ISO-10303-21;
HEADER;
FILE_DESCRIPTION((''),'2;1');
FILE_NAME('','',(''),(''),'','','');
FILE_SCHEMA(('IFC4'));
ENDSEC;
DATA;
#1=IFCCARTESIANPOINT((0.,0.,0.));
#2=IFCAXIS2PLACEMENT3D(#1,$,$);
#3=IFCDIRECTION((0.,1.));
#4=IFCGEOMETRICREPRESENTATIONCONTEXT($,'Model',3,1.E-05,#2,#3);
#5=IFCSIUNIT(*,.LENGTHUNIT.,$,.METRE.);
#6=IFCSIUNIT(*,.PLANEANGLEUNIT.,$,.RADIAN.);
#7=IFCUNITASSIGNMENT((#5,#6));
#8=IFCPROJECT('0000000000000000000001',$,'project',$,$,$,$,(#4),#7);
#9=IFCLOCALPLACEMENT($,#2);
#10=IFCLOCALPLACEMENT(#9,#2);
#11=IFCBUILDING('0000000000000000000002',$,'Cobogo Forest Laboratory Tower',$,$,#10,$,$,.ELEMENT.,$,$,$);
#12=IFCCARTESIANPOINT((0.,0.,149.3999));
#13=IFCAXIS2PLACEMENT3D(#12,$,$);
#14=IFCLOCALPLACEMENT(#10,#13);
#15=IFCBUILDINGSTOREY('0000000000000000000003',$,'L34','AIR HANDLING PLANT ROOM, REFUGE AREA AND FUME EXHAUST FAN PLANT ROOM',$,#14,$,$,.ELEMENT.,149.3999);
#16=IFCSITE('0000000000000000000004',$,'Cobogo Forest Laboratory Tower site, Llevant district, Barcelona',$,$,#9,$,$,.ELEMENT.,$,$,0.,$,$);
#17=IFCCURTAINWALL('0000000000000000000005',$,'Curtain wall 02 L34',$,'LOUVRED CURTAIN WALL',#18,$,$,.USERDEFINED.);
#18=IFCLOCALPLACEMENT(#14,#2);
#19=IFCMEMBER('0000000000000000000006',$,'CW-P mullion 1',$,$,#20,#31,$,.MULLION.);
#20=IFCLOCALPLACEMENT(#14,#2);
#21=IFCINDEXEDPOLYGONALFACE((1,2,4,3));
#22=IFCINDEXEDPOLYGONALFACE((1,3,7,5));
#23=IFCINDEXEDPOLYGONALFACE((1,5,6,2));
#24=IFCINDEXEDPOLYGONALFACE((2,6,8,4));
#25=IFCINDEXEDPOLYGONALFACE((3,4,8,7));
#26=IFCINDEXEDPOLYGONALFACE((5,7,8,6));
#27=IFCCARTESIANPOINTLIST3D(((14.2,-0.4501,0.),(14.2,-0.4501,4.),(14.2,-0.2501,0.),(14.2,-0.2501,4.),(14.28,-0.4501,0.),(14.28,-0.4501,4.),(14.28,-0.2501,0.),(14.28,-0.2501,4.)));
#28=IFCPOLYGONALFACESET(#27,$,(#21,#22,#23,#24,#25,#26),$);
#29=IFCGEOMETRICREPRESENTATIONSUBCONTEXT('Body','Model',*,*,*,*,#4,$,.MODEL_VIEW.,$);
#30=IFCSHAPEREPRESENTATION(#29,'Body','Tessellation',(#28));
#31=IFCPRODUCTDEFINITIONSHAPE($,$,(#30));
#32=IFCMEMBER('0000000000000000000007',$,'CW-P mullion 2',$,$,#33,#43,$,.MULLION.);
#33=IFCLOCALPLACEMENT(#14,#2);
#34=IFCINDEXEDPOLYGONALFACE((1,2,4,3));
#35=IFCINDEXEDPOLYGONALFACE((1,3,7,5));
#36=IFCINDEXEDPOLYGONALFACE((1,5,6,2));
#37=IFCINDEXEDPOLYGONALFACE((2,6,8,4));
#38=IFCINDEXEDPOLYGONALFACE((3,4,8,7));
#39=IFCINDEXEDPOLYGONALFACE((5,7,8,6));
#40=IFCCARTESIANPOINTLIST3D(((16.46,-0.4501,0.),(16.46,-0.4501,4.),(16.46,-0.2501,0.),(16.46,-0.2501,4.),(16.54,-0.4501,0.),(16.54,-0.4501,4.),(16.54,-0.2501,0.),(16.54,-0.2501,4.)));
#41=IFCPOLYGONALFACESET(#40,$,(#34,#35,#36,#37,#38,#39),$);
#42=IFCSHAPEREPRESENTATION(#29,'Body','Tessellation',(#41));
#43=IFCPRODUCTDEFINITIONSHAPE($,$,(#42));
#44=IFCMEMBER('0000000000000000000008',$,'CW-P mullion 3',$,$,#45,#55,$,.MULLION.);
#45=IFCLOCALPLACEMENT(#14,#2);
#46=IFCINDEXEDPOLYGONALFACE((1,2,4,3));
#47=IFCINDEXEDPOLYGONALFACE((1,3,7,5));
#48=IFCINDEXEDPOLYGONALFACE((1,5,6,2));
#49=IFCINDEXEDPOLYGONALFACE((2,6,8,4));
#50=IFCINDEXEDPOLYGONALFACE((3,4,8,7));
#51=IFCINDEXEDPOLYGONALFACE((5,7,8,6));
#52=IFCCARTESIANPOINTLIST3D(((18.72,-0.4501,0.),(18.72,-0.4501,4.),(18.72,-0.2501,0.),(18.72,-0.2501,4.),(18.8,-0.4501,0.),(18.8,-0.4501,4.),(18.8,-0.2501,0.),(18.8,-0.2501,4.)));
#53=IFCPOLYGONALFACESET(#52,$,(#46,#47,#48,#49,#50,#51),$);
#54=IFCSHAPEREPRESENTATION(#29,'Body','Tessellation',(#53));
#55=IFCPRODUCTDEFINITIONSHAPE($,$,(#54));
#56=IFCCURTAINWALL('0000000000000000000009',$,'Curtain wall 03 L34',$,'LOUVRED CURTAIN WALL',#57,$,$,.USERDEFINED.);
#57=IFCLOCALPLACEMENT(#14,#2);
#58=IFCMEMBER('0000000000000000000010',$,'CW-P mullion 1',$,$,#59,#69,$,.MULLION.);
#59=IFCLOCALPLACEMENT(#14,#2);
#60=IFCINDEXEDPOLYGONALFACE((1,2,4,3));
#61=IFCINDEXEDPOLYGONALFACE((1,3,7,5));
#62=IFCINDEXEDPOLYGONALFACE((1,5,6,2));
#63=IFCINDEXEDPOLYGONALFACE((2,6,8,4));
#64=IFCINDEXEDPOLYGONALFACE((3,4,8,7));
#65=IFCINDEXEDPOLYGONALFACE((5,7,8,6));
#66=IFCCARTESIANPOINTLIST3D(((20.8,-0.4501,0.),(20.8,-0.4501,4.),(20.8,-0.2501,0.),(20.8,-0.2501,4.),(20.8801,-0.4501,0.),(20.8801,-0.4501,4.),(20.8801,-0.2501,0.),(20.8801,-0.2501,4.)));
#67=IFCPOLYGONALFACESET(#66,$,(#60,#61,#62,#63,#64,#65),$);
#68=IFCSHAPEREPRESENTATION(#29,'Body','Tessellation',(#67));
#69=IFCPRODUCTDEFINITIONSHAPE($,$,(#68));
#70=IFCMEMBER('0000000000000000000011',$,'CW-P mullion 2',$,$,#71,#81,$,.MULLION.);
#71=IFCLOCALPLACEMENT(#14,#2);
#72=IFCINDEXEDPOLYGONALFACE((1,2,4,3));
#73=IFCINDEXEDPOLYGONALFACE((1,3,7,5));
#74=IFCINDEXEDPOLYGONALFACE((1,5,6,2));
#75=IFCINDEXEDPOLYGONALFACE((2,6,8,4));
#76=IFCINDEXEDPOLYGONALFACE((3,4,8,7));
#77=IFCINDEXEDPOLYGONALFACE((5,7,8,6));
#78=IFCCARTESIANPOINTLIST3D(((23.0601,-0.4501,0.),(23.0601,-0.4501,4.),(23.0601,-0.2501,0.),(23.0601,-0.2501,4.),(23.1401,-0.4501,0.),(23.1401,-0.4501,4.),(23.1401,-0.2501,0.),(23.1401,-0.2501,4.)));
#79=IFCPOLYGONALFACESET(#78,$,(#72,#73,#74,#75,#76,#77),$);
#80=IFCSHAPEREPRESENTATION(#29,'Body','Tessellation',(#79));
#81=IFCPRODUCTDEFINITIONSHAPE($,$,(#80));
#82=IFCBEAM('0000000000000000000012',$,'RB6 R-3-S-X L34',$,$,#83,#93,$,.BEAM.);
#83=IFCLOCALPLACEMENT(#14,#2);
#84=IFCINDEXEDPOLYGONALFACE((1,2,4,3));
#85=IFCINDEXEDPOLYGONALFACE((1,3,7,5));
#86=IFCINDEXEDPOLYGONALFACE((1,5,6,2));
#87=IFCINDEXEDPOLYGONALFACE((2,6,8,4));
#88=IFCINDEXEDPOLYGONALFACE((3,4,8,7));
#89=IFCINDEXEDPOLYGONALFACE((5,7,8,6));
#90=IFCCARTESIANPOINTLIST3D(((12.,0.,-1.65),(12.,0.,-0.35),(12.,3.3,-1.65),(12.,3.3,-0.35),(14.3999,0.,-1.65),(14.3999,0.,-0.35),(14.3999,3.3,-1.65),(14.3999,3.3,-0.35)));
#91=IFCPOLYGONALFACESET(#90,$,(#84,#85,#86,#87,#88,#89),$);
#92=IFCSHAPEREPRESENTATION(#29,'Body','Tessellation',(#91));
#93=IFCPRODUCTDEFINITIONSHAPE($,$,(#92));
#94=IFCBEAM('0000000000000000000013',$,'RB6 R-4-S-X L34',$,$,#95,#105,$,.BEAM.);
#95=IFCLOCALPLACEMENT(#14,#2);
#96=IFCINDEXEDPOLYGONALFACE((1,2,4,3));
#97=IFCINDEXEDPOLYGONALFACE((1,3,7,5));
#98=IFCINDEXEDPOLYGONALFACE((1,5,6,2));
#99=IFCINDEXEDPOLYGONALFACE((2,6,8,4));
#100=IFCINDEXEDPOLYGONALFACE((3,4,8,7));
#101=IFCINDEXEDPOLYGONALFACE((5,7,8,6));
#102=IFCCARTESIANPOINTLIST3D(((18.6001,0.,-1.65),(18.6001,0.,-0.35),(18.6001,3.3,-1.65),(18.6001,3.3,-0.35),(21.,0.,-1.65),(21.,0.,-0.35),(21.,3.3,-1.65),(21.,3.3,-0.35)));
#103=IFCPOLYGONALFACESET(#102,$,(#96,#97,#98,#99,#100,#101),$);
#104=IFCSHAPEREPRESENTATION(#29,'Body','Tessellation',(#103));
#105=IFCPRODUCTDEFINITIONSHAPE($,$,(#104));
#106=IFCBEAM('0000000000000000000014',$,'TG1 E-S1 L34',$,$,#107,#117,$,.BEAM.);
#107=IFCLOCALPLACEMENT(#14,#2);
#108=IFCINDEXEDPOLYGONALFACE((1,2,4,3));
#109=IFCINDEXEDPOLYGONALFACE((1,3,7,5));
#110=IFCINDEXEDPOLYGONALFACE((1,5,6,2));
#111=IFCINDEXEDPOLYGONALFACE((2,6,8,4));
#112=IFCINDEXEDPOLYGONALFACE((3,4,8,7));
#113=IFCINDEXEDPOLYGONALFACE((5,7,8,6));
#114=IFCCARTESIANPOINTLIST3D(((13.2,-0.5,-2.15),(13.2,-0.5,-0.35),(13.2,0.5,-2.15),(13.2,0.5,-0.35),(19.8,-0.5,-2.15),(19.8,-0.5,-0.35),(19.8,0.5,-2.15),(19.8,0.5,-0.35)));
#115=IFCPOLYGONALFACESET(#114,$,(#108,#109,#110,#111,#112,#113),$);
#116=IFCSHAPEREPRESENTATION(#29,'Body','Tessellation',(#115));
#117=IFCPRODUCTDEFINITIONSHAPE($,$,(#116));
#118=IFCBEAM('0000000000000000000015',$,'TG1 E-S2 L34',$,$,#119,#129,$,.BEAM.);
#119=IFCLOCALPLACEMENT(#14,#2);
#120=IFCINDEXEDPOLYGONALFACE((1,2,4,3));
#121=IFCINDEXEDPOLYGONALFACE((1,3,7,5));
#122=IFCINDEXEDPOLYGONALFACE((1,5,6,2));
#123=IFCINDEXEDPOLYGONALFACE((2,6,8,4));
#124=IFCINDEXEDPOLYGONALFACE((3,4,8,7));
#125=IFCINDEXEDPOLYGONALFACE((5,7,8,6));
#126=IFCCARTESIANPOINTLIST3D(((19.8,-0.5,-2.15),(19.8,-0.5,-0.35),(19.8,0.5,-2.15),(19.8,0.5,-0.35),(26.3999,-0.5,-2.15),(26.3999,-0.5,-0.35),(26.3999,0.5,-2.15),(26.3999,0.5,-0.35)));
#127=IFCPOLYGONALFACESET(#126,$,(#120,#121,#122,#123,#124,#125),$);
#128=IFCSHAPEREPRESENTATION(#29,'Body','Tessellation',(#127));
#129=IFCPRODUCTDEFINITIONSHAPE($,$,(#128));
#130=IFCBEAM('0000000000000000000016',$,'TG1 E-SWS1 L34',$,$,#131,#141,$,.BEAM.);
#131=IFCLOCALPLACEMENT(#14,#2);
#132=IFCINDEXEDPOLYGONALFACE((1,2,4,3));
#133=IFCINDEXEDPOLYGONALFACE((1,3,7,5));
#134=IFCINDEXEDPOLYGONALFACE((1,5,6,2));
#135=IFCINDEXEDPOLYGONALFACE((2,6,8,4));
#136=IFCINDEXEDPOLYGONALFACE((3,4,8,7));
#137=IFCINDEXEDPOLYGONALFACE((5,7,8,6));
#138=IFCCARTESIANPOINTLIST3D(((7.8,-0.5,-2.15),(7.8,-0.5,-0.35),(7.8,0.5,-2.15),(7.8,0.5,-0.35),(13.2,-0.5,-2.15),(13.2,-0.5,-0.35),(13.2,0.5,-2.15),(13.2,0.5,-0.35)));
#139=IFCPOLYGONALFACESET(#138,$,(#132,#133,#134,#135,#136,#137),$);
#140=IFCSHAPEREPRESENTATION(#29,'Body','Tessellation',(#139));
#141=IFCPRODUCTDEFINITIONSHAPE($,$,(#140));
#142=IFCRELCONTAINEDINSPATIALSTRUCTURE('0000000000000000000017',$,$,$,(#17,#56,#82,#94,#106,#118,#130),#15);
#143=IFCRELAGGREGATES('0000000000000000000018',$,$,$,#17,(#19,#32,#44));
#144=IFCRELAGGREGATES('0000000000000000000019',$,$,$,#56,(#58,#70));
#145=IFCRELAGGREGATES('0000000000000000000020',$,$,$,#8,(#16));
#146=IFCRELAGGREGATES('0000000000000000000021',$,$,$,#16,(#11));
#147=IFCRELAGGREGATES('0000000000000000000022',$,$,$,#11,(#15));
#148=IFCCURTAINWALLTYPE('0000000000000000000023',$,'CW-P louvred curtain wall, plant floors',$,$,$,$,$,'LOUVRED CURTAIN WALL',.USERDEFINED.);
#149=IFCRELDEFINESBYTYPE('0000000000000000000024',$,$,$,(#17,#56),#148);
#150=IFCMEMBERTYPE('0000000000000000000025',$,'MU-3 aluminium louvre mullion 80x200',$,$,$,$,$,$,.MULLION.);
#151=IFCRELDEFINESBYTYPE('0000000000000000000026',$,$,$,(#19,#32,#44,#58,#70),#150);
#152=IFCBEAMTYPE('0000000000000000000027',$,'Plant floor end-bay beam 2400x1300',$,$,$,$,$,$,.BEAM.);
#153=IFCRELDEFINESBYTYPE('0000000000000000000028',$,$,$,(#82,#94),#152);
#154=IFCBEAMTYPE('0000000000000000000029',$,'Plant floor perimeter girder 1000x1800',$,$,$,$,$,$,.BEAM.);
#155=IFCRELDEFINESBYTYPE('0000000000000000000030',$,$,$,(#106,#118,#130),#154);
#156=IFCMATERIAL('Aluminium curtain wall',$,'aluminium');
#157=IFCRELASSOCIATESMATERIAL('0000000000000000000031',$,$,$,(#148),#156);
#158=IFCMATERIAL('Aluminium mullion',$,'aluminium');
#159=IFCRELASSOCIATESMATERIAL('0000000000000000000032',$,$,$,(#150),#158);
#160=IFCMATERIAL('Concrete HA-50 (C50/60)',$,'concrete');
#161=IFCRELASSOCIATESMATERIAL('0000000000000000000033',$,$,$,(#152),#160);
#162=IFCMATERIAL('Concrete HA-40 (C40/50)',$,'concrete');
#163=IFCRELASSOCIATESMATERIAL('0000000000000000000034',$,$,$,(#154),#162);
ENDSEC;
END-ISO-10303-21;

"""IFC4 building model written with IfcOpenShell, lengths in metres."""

from ifc_helpers import new_model, si_unit, direction, frame, origin, origin_2d, place, context, subcontext, project, spatial, rectangle, extrude, material, material_profile, profile_set, type_object, element, aggregate, save


model = new_model("IFC4")

# Units and contexts
model_context = context("Model", 3, precision=1e-05, world=origin(), true_north=direction((0.0, 1.0)))
body_context = subcontext(model_context, "Body", "Model", "MODEL_VIEW")
ifc_project = project(units=[si_unit("LENGTHUNIT", "METRE"), si_unit("PLANEANGLEUNIT", "RADIAN")], contexts=[model_context])

# Site, building, storey
site_placement = place(None, origin())
site = spatial("IfcSite", under=ifc_project, at=site_placement, Name="Cobogo Forest Laboratory Tower site, Llevant district, Barcelona", CompositionType="ELEMENT", RefElevation=0.0)
building_placement = place(site_placement, origin())
building = spatial("IfcBuilding", under=site, at=building_placement, Name="Cobogo Forest Laboratory Tower", CompositionType="ELEMENT")
storey_placement = place(building_placement, frame((0.0, 0.0, 149.3999)))
storey = spatial("IfcBuildingStorey", under=building, at=storey_placement, Name="L34", Description="AIR HANDLING PLANT ROOM, REFUGE AREA AND FUME EXHAUST FAN PLANT ROOM", CompositionType="ELEMENT", Elevation=149.3999)

# Shared definitions
ifc_material_1 = material(Name="Concrete HA-50 (C50/60)", Category="concrete")

# Shared definitions
ifc_material_2 = material(Name="Aluminium curtain wall", Category="aluminium")
curtain_wall_type = type_object("IfcCurtainWallType", Name="CW-P louvred curtain wall, plant floors", ElementType="LOUVRED CURTAIN WALL", PredefinedType="USERDEFINED", material=ifc_material_2)
ifc_material_3 = material(Name="Aluminium mullion", Category="aluminium")
ifc_material_profile_1 = material_profile(ifc_material_3, rectangle(XDim=0.0801, YDim=0.2, at=origin_2d()), Name="AL 80x200")
ifc_profile_set_1 = profile_set([ifc_material_profile_1], Name="Aluminium mullion")
member_type_1 = type_object("IfcMemberType", Name="MU-3 aluminium louvre mullion 80x200", PredefinedType="MULLION", material=ifc_profile_set_1)

# Curtain walls, members
curtain_wall_1_placement = place(storey_placement, origin())
curtain_wall_1 = element("IfcCurtainWall", 1, at=curtain_wall_1_placement, inside=storey, type_object=curtain_wall_type, Name="Curtain wall 02 L34", ObjectType="LOUVRED CURTAIN WALL", PredefinedType="USERDEFINED")
member_1_placement = place(storey_placement, frame((14.24, -0.3501, 0.0), z_axis=(0.0, 0.0, 1.0), x_axis=(1.0, 0.0, 0.0)))
member_1 = element("IfcMember", 2, at=member_1_placement, type_object=member_type_1, Name="CW-P mullion 1", PredefinedType="MULLION", context=body_context, shape_type="SweptSolid", body=[
    extrude(rectangle(XDim=0.0801, YDim=0.2, at=origin_2d()), origin(), (0.0, 0.0, 1.0), 4.0),
])
member_2_placement = place(storey_placement, frame((16.5, -0.3501, 0.0), z_axis=(0.0, 0.0, 1.0), x_axis=(1.0, 0.0, 0.0)))
member_2 = element("IfcMember", 3, at=member_2_placement, type_object=member_type_1, Name="CW-P mullion 2", PredefinedType="MULLION", context=body_context, shape_type="SweptSolid", body=[
    extrude(rectangle(XDim=0.0801, YDim=0.2, at=origin_2d()), origin(), (0.0, 0.0, 1.0), 4.0),
])
member_3_placement = place(storey_placement, frame((18.76, -0.3501, 0.0), z_axis=(0.0, 0.0, 1.0), x_axis=(1.0, 0.0, 0.0)))
member_3 = element("IfcMember", 4, at=member_3_placement, type_object=member_type_1, Name="CW-P mullion 3", PredefinedType="MULLION", context=body_context, shape_type="SweptSolid", body=[
    extrude(rectangle(XDim=0.0801, YDim=0.2, at=origin_2d()), origin(), (0.0, 0.0, 1.0), 4.0),
])
curtain_wall_2_placement = place(storey_placement, origin())
curtain_wall_2 = element("IfcCurtainWall", 5, at=curtain_wall_2_placement, inside=storey, type_object=curtain_wall_type, Name="Curtain wall 03 L34", ObjectType="LOUVRED CURTAIN WALL", PredefinedType="USERDEFINED")
member_4_placement = place(storey_placement, frame((20.8401, -0.3501, 0.0), z_axis=(0.0, 0.0, 1.0), x_axis=(1.0, 0.0, 0.0)))
member_4 = element("IfcMember", 6, at=member_4_placement, type_object=member_type_1, Name="CW-P mullion 1", PredefinedType="MULLION", context=body_context, shape_type="SweptSolid", body=[
    extrude(rectangle(XDim=0.0801, YDim=0.2, at=origin_2d()), origin(), (0.0, 0.0, 1.0), 4.0),
])
member_5_placement = place(storey_placement, frame((23.1001, -0.3501, 0.0), z_axis=(0.0, 0.0, 1.0), x_axis=(1.0, 0.0, 0.0)))
member_5 = element("IfcMember", 7, at=member_5_placement, type_object=member_type_1, Name="CW-P mullion 2", PredefinedType="MULLION", context=body_context, shape_type="SweptSolid", body=[
    extrude(rectangle(XDim=0.0801, YDim=0.2, at=origin_2d()), origin(), (0.0, 0.0, 1.0), 4.0),
])

# Beams
ifc_material_profile_2 = material_profile(ifc_material_1, rectangle(XDim=2.3999, YDim=1.3, at=origin_2d()), Name="RC 2400x1300")
ifc_profile_set_2 = profile_set([ifc_material_profile_2], Name="Concrete HA-50 (C50/60)")
beam_type_1 = type_object("IfcBeamType", Name="Plant floor end-bay beam 2400x1300", PredefinedType="BEAM", material=ifc_profile_set_2)
for number, where, z_axis, x_axis, name in (
    (8, (13.2, 0.0, -1.0), (0.0, 1.0, 0.0), (-1.0, 0.0, 0.0), "RB6 R-3-S-X L34"),
    (9, (19.8, 0.0, -1.0), (0.0, 1.0, 0.0), (-1.0, 0.0, 0.0), "RB6 R-4-S-X L34"),
):
    element("IfcBeam", number, at=place(storey_placement, frame(where, z_axis=z_axis, x_axis=x_axis)), inside=storey, type_object=beam_type_1, Name=name, PredefinedType="BEAM", context=body_context, shape_type="SweptSolid", body=[
        extrude(rectangle(XDim=2.3999, YDim=1.3, at=origin_2d()), origin(), (0.0, 0.0, 1.0), 3.3),
    ])
ifc_material_4 = material(Name="Concrete HA-40 (C40/50)", Category="concrete")
ifc_material_profile_3 = material_profile(ifc_material_4, rectangle(XDim=1.0, YDim=1.8, at=origin_2d()), Name="RC 1000x1800")
ifc_profile_set_3 = profile_set([ifc_material_profile_3], Name="Concrete HA-40 (C40/50)")
beam_type_2 = type_object("IfcBeamType", Name="Plant floor perimeter girder 1000x1800", PredefinedType="BEAM", material=ifc_profile_set_3)
beam_1_placement = place(storey_placement, frame((13.2, 0.0, -1.25), z_axis=(1.0, 0.0, 0.0), x_axis=(0.0, 1.0, 0.0)))
element("IfcBeam", 10, at=beam_1_placement, inside=storey, type_object=beam_type_2, Name="TG1 E-S1 L34", PredefinedType="BEAM", context=body_context, shape_type="SweptSolid", body=[
    extrude(rectangle(XDim=1.0, YDim=1.8, at=origin_2d()), origin(), (0.0, 0.0, 1.0), 6.6001),
])
beam_2_placement = place(storey_placement, frame((19.8, 0.0, -1.25), z_axis=(1.0, 0.0, 0.0), x_axis=(0.0, 1.0, 0.0)))
element("IfcBeam", 11, at=beam_2_placement, inside=storey, type_object=beam_type_2, Name="TG1 E-S2 L34", PredefinedType="BEAM", context=body_context, shape_type="SweptSolid", body=[
    extrude(rectangle(XDim=1.0, YDim=1.8, at=origin_2d()), origin(), (0.0, 0.0, 1.0), 6.5999),
])
beam_3_placement = place(storey_placement, frame((13.2, 0.0, -1.25), z_axis=(-1.0, 0.0, 0.0), x_axis=(0.0, -1.0, 0.0)))
element("IfcBeam", 12, at=beam_3_placement, inside=storey, type_object=beam_type_2, Name="TG1 E-SWS1 L34", PredefinedType="BEAM", context=body_context, shape_type="SweptSolid", body=[
    extrude(rectangle(XDim=1.0, YDim=1.8, at=origin_2d()), origin(), (0.0, 0.0, 1.0), 5.3999),
])

aggregate(curtain_wall_1, [member_1, member_2, member_3])
aggregate(curtain_wall_2, [member_4, member_5])

save(model, "model.ifc")
